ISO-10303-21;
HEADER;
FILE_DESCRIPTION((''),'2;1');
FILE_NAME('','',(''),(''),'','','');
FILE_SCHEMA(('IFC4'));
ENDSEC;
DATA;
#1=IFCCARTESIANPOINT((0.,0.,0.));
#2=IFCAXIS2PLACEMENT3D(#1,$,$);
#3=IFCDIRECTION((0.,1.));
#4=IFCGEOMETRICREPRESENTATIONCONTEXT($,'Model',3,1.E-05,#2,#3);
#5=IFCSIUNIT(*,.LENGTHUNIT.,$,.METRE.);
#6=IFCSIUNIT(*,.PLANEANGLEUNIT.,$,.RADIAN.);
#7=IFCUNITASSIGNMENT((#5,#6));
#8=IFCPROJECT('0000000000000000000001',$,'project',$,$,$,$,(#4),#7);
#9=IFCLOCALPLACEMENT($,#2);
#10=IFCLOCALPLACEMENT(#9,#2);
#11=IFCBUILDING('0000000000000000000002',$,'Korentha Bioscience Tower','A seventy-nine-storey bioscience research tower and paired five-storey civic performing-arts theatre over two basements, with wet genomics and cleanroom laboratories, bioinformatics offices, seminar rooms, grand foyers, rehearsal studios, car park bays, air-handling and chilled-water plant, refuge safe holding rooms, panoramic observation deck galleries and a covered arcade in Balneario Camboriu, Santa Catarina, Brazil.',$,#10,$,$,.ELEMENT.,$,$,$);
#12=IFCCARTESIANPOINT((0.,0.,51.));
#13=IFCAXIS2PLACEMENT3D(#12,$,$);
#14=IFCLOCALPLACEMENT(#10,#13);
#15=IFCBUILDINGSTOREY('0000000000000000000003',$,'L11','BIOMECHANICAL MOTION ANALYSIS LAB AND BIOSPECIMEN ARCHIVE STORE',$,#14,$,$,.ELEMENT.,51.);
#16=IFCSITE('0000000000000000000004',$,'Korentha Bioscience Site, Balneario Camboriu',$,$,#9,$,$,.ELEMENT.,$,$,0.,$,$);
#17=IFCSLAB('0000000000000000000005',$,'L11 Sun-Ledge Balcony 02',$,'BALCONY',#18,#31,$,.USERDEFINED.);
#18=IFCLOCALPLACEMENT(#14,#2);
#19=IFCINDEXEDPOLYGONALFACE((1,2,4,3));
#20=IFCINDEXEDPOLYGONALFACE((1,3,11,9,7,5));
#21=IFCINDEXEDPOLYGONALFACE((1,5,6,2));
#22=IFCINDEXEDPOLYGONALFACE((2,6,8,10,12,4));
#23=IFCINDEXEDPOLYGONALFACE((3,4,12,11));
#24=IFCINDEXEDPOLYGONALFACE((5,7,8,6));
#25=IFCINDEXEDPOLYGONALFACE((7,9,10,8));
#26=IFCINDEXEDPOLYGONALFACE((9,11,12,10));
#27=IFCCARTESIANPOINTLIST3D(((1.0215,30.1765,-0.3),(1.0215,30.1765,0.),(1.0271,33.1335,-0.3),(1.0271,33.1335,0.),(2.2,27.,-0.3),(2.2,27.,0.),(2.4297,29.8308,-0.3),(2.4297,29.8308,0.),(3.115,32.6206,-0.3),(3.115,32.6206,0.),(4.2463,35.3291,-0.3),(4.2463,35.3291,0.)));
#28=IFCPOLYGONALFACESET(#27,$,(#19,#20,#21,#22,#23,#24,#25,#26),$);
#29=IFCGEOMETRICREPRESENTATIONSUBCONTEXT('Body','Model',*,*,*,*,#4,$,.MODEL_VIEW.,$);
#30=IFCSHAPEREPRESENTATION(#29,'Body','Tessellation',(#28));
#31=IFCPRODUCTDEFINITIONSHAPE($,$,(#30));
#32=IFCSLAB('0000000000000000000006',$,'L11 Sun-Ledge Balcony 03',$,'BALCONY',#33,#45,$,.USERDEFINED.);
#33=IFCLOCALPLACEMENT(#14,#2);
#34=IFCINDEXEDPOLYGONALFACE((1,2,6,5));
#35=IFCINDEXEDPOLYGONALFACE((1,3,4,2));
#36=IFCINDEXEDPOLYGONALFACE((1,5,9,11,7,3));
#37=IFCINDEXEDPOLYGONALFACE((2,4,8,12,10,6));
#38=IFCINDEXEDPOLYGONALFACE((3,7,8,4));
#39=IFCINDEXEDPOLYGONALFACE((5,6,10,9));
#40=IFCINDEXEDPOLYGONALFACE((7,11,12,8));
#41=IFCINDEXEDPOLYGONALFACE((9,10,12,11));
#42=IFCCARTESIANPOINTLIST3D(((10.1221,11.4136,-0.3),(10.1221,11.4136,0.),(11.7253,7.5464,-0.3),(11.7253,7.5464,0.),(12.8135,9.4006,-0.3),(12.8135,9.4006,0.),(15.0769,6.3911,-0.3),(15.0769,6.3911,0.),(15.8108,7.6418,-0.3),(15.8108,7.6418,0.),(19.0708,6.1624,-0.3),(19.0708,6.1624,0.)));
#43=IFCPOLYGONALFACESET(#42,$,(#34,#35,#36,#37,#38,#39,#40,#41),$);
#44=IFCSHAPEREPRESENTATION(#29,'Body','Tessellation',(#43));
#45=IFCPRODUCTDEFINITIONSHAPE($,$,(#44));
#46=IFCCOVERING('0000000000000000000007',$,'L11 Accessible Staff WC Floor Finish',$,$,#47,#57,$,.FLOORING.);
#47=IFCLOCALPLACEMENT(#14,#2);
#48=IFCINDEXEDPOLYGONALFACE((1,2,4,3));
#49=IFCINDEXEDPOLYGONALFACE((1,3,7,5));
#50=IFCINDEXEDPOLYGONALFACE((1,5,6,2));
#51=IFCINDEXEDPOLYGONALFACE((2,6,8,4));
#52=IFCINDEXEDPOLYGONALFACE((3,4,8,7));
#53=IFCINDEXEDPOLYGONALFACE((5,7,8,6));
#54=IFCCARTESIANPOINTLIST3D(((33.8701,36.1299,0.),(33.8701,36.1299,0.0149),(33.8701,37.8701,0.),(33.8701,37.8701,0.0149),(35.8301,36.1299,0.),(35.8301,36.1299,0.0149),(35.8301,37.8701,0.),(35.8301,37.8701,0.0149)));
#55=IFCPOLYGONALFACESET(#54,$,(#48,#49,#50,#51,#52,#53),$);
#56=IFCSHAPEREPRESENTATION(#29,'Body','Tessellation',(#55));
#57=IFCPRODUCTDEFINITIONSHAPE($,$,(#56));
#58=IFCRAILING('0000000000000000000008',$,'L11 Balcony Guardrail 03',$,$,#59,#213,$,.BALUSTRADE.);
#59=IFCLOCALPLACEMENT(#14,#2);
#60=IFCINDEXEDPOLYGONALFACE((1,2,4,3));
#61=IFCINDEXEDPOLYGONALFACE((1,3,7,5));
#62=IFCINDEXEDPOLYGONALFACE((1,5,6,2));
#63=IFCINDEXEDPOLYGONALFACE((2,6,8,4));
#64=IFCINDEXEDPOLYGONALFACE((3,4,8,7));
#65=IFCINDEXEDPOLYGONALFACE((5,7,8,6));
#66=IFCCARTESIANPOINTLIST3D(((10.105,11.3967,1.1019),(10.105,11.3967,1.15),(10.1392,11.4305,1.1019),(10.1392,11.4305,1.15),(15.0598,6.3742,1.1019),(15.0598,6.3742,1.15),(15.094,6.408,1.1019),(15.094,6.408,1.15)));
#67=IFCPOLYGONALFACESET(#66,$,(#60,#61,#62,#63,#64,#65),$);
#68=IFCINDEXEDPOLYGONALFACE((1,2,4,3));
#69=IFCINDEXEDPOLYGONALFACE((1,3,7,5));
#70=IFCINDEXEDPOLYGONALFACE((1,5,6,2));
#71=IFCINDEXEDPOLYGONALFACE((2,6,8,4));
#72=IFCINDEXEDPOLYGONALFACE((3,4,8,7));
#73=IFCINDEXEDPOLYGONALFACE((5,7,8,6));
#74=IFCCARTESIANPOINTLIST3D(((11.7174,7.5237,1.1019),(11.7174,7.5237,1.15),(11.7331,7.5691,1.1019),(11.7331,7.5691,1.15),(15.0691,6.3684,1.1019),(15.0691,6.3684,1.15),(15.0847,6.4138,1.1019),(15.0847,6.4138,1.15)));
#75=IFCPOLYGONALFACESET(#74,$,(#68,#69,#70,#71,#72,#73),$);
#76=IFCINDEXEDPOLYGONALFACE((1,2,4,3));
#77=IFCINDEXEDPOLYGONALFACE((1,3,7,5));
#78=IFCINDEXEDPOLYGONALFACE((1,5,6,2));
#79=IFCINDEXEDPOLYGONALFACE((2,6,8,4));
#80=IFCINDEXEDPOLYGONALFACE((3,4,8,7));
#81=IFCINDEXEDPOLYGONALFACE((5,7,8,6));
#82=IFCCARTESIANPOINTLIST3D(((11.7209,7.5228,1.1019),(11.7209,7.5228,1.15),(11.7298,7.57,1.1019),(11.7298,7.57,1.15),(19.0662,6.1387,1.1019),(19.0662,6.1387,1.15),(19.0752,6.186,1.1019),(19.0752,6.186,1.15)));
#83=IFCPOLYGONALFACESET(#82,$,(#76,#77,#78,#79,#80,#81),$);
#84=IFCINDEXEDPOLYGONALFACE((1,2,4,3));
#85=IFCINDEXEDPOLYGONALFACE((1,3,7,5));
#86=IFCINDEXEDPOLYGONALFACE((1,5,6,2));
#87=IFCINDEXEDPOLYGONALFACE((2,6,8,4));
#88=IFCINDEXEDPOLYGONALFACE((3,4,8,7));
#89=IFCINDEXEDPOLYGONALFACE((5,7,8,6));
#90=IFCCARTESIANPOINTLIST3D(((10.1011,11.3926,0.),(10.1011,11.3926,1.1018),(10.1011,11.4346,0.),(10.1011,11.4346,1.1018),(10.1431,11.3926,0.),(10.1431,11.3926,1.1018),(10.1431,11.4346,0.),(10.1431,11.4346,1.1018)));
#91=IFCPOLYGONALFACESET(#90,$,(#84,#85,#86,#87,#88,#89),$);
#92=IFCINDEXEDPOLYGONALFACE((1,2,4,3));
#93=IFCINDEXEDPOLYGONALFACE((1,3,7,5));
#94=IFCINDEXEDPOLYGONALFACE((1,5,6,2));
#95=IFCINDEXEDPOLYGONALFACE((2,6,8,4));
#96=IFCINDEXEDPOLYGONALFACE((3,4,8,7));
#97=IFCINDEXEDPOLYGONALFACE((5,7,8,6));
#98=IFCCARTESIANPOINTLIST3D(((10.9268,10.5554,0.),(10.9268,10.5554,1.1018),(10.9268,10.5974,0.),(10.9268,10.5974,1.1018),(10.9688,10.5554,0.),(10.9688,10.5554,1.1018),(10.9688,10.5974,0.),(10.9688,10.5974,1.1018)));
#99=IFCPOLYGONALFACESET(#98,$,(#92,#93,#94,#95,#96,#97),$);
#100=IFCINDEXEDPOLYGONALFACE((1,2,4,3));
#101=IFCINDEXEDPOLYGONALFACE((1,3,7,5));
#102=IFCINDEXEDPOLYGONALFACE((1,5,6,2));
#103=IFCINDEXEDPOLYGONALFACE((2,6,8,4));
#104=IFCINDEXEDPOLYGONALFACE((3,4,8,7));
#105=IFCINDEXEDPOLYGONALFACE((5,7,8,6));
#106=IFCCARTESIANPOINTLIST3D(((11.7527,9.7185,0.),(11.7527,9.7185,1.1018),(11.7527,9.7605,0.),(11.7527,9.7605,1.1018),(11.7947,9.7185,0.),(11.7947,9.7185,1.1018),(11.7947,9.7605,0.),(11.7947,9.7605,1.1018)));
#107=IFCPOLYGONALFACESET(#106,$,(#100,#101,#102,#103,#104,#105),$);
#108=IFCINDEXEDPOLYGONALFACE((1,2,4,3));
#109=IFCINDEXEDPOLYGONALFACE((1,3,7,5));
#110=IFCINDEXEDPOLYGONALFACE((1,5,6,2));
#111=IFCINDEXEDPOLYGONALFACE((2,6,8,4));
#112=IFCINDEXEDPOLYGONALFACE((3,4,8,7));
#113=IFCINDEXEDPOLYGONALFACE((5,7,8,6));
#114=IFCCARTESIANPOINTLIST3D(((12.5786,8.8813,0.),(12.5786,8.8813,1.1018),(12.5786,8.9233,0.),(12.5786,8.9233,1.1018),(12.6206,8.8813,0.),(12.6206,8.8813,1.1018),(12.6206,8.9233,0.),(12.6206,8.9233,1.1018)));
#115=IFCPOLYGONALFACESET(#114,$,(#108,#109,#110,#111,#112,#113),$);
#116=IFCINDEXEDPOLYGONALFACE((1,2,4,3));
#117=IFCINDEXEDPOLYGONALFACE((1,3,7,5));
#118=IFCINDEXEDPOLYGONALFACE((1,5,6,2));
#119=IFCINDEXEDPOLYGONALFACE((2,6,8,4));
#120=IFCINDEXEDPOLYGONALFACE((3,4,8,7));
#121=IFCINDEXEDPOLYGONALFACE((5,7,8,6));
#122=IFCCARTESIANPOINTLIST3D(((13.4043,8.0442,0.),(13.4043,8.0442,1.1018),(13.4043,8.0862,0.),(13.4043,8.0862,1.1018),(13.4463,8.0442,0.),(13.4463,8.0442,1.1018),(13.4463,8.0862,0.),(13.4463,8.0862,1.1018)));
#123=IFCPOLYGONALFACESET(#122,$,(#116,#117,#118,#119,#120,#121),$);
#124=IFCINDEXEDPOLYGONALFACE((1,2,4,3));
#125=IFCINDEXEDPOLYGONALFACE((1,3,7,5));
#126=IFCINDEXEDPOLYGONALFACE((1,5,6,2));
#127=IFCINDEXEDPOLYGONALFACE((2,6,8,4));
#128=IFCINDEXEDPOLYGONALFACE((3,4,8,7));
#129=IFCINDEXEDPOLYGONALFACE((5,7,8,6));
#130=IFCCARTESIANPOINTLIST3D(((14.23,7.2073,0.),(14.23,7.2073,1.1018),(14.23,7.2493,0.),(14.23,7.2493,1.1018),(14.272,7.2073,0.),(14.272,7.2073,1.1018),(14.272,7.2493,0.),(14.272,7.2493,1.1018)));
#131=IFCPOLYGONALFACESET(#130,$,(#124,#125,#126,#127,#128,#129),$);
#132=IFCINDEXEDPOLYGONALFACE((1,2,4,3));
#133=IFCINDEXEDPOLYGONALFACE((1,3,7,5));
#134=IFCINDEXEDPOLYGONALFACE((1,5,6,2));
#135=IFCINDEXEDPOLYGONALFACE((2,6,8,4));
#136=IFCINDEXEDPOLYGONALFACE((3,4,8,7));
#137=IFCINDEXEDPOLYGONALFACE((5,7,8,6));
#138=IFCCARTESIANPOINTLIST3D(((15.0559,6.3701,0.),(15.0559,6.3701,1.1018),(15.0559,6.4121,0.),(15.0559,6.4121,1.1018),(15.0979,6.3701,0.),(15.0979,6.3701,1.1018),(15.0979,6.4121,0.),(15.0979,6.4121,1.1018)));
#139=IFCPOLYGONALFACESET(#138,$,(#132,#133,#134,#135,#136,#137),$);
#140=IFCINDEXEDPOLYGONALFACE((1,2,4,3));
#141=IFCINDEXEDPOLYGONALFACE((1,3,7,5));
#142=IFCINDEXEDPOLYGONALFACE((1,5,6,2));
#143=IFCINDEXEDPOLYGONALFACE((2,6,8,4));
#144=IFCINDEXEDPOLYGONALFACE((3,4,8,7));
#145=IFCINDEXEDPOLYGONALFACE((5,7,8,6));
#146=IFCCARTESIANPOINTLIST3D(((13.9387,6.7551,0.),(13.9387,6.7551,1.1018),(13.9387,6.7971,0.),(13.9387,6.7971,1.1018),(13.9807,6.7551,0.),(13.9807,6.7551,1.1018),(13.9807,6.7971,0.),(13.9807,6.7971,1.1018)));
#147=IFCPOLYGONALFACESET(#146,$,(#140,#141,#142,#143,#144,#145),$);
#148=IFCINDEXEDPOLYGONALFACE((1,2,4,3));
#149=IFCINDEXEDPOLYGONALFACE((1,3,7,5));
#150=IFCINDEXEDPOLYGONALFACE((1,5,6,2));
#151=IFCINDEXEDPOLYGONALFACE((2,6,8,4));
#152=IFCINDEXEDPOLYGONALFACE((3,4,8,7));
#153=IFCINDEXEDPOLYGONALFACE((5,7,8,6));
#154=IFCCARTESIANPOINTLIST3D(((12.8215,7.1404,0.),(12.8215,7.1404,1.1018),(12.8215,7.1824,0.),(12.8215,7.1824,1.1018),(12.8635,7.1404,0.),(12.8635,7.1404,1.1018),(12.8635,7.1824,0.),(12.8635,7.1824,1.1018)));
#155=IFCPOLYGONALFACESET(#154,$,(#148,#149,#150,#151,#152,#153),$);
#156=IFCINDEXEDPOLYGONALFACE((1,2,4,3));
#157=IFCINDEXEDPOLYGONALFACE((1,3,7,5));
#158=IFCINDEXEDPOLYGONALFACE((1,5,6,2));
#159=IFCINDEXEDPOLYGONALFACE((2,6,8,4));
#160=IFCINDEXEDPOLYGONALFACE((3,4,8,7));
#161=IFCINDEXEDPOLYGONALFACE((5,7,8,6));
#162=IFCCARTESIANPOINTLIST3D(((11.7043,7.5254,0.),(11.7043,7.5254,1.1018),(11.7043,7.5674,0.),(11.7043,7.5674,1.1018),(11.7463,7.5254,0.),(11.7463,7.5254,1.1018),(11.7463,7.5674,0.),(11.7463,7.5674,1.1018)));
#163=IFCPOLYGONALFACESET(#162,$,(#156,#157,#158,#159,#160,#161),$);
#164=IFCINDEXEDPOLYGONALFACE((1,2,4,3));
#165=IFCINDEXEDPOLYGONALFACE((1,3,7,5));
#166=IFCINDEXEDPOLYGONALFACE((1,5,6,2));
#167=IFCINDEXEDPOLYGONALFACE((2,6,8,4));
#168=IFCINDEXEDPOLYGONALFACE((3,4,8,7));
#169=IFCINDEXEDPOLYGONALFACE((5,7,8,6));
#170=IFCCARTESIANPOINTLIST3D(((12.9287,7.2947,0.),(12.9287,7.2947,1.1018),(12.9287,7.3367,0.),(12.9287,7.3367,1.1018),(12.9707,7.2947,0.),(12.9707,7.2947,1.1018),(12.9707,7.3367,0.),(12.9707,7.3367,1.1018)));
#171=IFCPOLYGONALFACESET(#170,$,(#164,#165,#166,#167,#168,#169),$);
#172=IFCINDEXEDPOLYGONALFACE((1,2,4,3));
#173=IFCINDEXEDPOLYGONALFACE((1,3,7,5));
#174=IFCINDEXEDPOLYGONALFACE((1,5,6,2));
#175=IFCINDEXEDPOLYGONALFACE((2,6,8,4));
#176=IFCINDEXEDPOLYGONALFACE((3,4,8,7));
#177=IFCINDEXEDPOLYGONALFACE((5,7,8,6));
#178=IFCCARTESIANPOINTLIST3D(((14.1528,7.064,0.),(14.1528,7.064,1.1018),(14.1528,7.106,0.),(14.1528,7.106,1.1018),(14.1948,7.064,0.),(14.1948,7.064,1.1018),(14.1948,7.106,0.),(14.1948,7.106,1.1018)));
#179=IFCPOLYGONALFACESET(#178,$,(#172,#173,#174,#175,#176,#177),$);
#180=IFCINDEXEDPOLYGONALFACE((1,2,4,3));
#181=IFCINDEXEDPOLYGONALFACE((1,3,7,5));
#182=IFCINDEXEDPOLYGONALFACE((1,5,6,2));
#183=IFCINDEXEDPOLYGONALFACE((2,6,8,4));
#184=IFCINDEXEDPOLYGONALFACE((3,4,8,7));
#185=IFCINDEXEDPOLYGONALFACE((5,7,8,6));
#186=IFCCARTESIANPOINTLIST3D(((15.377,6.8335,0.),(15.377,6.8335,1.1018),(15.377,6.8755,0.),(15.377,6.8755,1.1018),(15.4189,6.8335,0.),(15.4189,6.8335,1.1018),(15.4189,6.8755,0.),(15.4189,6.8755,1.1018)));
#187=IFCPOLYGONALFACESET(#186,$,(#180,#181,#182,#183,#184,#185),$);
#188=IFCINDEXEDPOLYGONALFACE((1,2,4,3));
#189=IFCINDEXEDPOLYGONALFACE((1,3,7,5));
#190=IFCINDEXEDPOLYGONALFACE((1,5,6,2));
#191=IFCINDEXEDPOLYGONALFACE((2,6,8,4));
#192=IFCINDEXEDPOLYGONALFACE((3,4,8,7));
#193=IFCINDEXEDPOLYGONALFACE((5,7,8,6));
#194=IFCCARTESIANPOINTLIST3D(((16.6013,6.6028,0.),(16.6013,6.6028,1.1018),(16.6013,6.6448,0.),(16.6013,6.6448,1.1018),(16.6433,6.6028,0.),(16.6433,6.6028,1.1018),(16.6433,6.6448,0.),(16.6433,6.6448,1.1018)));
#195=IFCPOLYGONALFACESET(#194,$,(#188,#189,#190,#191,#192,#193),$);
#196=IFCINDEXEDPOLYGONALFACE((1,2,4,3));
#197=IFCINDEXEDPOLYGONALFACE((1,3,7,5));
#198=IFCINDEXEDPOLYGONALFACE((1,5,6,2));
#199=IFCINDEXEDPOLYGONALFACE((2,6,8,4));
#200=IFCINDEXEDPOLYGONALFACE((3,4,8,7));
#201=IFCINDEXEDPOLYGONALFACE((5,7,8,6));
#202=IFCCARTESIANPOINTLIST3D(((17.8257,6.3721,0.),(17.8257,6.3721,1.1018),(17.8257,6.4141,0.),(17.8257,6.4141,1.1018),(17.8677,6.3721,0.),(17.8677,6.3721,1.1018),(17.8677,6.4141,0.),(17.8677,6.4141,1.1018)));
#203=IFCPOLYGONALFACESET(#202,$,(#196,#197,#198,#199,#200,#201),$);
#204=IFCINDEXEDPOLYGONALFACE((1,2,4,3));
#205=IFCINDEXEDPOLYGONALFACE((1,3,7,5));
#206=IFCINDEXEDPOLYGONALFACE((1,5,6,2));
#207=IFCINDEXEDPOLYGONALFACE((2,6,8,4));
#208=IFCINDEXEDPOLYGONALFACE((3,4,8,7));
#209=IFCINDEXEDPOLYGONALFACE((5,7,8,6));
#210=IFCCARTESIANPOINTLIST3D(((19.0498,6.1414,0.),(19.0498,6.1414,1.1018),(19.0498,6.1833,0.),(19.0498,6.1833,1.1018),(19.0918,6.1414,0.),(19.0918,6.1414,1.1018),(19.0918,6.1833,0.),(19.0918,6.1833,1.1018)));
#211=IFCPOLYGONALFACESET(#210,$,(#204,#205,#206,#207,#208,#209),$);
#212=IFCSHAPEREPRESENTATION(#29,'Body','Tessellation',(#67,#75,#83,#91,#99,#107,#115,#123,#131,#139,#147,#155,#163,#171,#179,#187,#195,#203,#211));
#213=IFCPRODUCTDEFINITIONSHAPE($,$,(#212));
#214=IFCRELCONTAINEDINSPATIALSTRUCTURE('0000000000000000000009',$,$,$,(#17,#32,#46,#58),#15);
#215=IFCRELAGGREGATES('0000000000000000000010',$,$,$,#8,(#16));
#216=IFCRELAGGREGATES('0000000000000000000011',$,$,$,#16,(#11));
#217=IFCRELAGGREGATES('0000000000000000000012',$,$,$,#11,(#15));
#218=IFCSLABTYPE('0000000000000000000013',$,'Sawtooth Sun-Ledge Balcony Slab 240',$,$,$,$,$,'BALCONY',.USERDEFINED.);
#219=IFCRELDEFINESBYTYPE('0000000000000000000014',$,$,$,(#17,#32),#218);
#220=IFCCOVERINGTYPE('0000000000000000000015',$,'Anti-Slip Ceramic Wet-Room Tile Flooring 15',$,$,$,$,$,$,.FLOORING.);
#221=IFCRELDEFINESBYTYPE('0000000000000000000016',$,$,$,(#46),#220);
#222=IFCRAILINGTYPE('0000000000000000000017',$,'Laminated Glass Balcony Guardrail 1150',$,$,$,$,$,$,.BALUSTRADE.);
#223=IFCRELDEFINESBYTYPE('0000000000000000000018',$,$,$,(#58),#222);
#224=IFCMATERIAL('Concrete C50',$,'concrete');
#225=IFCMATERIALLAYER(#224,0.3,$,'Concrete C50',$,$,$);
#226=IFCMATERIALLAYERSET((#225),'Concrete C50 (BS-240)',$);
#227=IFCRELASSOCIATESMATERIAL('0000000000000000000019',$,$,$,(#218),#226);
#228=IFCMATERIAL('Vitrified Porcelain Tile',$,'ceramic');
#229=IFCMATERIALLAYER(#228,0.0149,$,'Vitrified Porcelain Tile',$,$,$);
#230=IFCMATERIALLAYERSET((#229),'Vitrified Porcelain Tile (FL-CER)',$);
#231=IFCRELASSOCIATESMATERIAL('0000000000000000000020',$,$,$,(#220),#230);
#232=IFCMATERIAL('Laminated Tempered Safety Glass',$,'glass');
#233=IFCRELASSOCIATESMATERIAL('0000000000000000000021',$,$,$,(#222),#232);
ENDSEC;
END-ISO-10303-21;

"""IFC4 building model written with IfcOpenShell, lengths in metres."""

from ifc_helpers import new_model, si_unit, direction, frame, origin, origin_2d, place, context, subcontext, project, spatial, polyline, rectangle, outline, extrude, material, layer, layer_set, type_object, element, save


model = new_model("IFC4")

# Units and contexts
model_context = context("Model", 3, precision=1e-05, world=origin(), true_north=direction((0.0, 1.0)))
body_context = subcontext(model_context, "Body", "Model", "MODEL_VIEW")
ifc_project = project(units=[si_unit("LENGTHUNIT", "METRE"), si_unit("PLANEANGLEUNIT", "RADIAN")], contexts=[model_context])

# Site, building, storey
site_placement = place(None, origin())
site = spatial("IfcSite", under=ifc_project, at=site_placement, Name="Korentha Bioscience Site, Balneario Camboriu", CompositionType="ELEMENT", RefElevation=0.0)
building_placement = place(site_placement, origin())
building = spatial("IfcBuilding", under=site, at=building_placement, Name="Korentha Bioscience Tower", Description="A seventy-nine-storey bioscience research tower and paired five-storey civic performing-arts theatre over two basements, with wet genomics and cleanroom laboratories, bioinformatics offices, seminar rooms, grand foyers, rehearsal studios, car park bays, air-handling and chilled-water plant, refuge safe holding rooms, panoramic observation deck galleries and a covered arcade in Balneario Camboriu, Santa Catarina, Brazil.", CompositionType="ELEMENT")
storey_placement = place(building_placement, frame((0.0, 0.0, 51.0)))
storey = spatial("IfcBuildingStorey", under=building, at=storey_placement, Name="L11", Description="BIOMECHANICAL MOTION ANALYSIS LAB AND BIOSPECIMEN ARCHIVE STORE", CompositionType="ELEMENT", Elevation=51.0)

# Shared definitions
ifc_material_1 = material(Name="Concrete C50", Category="concrete")

# Slabs
ifc_layer_1 = layer(ifc_material_1, 0.3, Name="Concrete C50")
ifc_layer_set_1 = layer_set([ifc_layer_1], Name="Concrete C50 (BS-240)")
slab_type_1 = type_object("IfcSlabType", Name="Sawtooth Sun-Ledge Balcony Slab 240", ElementType="BALCONY", PredefinedType="USERDEFINED", material=ifc_layer_set_1)
slab_1_placement = place(storey_placement, frame((0.0, 0.0, -0.3)))
element("IfcSlab", 1, at=slab_1_placement, inside=storey, type_object=slab_type_1, Name="L11 Sun-Ledge Balcony 02", ObjectType="BALCONY", PredefinedType="USERDEFINED", context=body_context, shape_type="SweptSolid", body=[
    extrude(outline(polyline([(2.2, 27.0), (2.4297, 29.8308), (3.115, 32.6206), (4.2463, 35.3291), (1.0271, 33.1335), (1.0215, 30.1765), (2.2, 27.0)])), origin(), (0.0, 0.0, 1.0), 0.3),
])
slab_2_placement = place(storey_placement, frame((0.0, 0.0, -0.3)))
element("IfcSlab", 2, at=slab_2_placement, inside=storey, type_object=slab_type_1, Name="L11 Sun-Ledge Balcony 03", ObjectType="BALCONY", PredefinedType="USERDEFINED", context=body_context, shape_type="SweptSolid", body=[
    extrude(outline(polyline([(19.0708, 6.1624), (15.8108, 7.6418), (12.8135, 9.4006), (10.1221, 11.4136), (11.7253, 7.5464), (15.0769, 6.3911), (19.0708, 6.1624)])), origin(), (0.0, 0.0, 1.0), 0.3),
])

# Covering
ifc_material_2 = material(Name="Vitrified Porcelain Tile", Category="ceramic")
ifc_layer_2 = layer(ifc_material_2, 0.0149, Name="Vitrified Porcelain Tile")
ifc_layer_set_2 = layer_set([ifc_layer_2], Name="Vitrified Porcelain Tile (FL-CER)")
covering_type_1 = type_object("IfcCoveringType", Name="Anti-Slip Ceramic Wet-Room Tile Flooring 15", PredefinedType="FLOORING", material=ifc_layer_set_2)
covering_1_placement = place(storey_placement, origin())
element("IfcCovering", 3, at=covering_1_placement, inside=storey, type_object=covering_type_1, Name="L11 Accessible Staff WC Floor Finish", PredefinedType="FLOORING", context=body_context, shape_type="SweptSolid", body=[
    extrude(outline(polyline([(33.8701, 36.1299), (33.8701, 37.8701), (35.8301, 37.8701), (35.8301, 36.1299), (33.8701, 36.1299)])), origin(), (0.0, 0.0, 1.0), 0.0149),
])

# Railing
ifc_material_3 = material(Name="Laminated Tempered Safety Glass", Category="glass")
railing_type = type_object("IfcRailingType", Name="Laminated Glass Balcony Guardrail 1150", PredefinedType="BALUSTRADE", material=ifc_material_3)
railing_placement = place(storey_placement, frame((10.1221, 11.4136, 0.0)))
element("IfcRailing", 4, at=railing_placement, inside=storey, type_object=railing_type, Name="L11 Balcony Guardrail 03", PredefinedType="BALUSTRADE", context=body_context, shape_type="SweptSolid", body=[
    extrude(rectangle(XDim=0.0481, YDim=0.0481, at=origin_2d()), frame((0.0, 0.0, 1.126), z_axis=(0.702298, -0.711883, 0.0), x_axis=(0.711883, 0.702298, 0.0)), (0.0, 0.0, 1.0), 7.0552),
    extrude(rectangle(XDim=0.0481, YDim=0.0481, at=origin_2d()), frame((4.9548, -5.0225, 1.126), z_axis=(-0.945411, 0.32588, 0.0), x_axis=(-0.32588, -0.945411, 0.0)), (0.0, 0.0, 1.0), 3.5452),
    extrude(rectangle(XDim=0.0481, YDim=0.0481, at=origin_2d()), frame((1.6033, -3.8672, 1.126), z_axis=(0.982708, -0.185162, 0.0), x_axis=(0.185162, 0.982708, 0.0)), (0.0, 0.0, 1.0), 7.4746),
    extrude(rectangle(XDim=0.042, YDim=0.042, at=origin_2d()), origin(), (0.0, 0.0, 1.0), 1.1018),
    extrude(rectangle(XDim=0.042, YDim=0.042, at=origin_2d()), frame((0.8257, -0.8372, 0.0)), (0.0, 0.0, 1.0), 1.1018),
    extrude(rectangle(XDim=0.042, YDim=0.042, at=origin_2d()), frame((1.6516, -1.6741, 0.0)), (0.0, 0.0, 1.0), 1.1018),
    extrude(rectangle(XDim=0.042, YDim=0.042, at=origin_2d()), frame((2.4775, -2.5112, 0.0)), (0.0, 0.0, 1.0), 1.1018),
    extrude(rectangle(XDim=0.042, YDim=0.042, at=origin_2d()), frame((3.3032, -3.3484, 0.0)), (0.0, 0.0, 1.0), 1.1018),
    extrude(rectangle(XDim=0.042, YDim=0.042, at=origin_2d()), frame((4.1289, -4.1853, 0.0)), (0.0, 0.0, 1.0), 1.1018),
    extrude(rectangle(XDim=0.042, YDim=0.042, at=origin_2d()), frame((4.9548, -5.0225, 0.0)), (0.0, 0.0, 1.0), 1.1018),
    extrude(rectangle(XDim=0.042, YDim=0.042, at=origin_2d()), frame((3.8376, -4.6375, 0.0)), (0.0, 0.0, 1.0), 1.1018),
    extrude(rectangle(XDim=0.042, YDim=0.042, at=origin_2d()), frame((2.7205, -4.2522, 0.0)), (0.0, 0.0, 1.0), 1.1018),
    extrude(rectangle(XDim=0.042, YDim=0.042, at=origin_2d()), frame((1.6033, -3.8672, 0.0)), (0.0, 0.0, 1.0), 1.1018),
    extrude(rectangle(XDim=0.042, YDim=0.042, at=origin_2d()), frame((2.8276, -4.0979, 0.0)), (0.0, 0.0, 1.0), 1.1018),
    extrude(rectangle(XDim=0.042, YDim=0.042, at=origin_2d()), frame((4.0518, -4.3286, 0.0)), (0.0, 0.0, 1.0), 1.1018),
    extrude(rectangle(XDim=0.042, YDim=0.042, at=origin_2d()), frame((5.2759, -4.5591, 0.0)), (0.0, 0.0, 1.0), 1.1018),
    extrude(rectangle(XDim=0.042, YDim=0.042, at=origin_2d()), frame((6.5002, -4.7898, 0.0)), (0.0, 0.0, 1.0), 1.1018),
    extrude(rectangle(XDim=0.042, YDim=0.042, at=origin_2d()), frame((7.7246, -5.0205, 0.0)), (0.0, 0.0, 1.0), 1.1018),
    extrude(rectangle(XDim=0.042, YDim=0.042, at=origin_2d()), frame((8.9487, -5.2512, 0.0)), (0.0, 0.0, 1.0), 1.1018),
])

save(model, "model.ifc")
